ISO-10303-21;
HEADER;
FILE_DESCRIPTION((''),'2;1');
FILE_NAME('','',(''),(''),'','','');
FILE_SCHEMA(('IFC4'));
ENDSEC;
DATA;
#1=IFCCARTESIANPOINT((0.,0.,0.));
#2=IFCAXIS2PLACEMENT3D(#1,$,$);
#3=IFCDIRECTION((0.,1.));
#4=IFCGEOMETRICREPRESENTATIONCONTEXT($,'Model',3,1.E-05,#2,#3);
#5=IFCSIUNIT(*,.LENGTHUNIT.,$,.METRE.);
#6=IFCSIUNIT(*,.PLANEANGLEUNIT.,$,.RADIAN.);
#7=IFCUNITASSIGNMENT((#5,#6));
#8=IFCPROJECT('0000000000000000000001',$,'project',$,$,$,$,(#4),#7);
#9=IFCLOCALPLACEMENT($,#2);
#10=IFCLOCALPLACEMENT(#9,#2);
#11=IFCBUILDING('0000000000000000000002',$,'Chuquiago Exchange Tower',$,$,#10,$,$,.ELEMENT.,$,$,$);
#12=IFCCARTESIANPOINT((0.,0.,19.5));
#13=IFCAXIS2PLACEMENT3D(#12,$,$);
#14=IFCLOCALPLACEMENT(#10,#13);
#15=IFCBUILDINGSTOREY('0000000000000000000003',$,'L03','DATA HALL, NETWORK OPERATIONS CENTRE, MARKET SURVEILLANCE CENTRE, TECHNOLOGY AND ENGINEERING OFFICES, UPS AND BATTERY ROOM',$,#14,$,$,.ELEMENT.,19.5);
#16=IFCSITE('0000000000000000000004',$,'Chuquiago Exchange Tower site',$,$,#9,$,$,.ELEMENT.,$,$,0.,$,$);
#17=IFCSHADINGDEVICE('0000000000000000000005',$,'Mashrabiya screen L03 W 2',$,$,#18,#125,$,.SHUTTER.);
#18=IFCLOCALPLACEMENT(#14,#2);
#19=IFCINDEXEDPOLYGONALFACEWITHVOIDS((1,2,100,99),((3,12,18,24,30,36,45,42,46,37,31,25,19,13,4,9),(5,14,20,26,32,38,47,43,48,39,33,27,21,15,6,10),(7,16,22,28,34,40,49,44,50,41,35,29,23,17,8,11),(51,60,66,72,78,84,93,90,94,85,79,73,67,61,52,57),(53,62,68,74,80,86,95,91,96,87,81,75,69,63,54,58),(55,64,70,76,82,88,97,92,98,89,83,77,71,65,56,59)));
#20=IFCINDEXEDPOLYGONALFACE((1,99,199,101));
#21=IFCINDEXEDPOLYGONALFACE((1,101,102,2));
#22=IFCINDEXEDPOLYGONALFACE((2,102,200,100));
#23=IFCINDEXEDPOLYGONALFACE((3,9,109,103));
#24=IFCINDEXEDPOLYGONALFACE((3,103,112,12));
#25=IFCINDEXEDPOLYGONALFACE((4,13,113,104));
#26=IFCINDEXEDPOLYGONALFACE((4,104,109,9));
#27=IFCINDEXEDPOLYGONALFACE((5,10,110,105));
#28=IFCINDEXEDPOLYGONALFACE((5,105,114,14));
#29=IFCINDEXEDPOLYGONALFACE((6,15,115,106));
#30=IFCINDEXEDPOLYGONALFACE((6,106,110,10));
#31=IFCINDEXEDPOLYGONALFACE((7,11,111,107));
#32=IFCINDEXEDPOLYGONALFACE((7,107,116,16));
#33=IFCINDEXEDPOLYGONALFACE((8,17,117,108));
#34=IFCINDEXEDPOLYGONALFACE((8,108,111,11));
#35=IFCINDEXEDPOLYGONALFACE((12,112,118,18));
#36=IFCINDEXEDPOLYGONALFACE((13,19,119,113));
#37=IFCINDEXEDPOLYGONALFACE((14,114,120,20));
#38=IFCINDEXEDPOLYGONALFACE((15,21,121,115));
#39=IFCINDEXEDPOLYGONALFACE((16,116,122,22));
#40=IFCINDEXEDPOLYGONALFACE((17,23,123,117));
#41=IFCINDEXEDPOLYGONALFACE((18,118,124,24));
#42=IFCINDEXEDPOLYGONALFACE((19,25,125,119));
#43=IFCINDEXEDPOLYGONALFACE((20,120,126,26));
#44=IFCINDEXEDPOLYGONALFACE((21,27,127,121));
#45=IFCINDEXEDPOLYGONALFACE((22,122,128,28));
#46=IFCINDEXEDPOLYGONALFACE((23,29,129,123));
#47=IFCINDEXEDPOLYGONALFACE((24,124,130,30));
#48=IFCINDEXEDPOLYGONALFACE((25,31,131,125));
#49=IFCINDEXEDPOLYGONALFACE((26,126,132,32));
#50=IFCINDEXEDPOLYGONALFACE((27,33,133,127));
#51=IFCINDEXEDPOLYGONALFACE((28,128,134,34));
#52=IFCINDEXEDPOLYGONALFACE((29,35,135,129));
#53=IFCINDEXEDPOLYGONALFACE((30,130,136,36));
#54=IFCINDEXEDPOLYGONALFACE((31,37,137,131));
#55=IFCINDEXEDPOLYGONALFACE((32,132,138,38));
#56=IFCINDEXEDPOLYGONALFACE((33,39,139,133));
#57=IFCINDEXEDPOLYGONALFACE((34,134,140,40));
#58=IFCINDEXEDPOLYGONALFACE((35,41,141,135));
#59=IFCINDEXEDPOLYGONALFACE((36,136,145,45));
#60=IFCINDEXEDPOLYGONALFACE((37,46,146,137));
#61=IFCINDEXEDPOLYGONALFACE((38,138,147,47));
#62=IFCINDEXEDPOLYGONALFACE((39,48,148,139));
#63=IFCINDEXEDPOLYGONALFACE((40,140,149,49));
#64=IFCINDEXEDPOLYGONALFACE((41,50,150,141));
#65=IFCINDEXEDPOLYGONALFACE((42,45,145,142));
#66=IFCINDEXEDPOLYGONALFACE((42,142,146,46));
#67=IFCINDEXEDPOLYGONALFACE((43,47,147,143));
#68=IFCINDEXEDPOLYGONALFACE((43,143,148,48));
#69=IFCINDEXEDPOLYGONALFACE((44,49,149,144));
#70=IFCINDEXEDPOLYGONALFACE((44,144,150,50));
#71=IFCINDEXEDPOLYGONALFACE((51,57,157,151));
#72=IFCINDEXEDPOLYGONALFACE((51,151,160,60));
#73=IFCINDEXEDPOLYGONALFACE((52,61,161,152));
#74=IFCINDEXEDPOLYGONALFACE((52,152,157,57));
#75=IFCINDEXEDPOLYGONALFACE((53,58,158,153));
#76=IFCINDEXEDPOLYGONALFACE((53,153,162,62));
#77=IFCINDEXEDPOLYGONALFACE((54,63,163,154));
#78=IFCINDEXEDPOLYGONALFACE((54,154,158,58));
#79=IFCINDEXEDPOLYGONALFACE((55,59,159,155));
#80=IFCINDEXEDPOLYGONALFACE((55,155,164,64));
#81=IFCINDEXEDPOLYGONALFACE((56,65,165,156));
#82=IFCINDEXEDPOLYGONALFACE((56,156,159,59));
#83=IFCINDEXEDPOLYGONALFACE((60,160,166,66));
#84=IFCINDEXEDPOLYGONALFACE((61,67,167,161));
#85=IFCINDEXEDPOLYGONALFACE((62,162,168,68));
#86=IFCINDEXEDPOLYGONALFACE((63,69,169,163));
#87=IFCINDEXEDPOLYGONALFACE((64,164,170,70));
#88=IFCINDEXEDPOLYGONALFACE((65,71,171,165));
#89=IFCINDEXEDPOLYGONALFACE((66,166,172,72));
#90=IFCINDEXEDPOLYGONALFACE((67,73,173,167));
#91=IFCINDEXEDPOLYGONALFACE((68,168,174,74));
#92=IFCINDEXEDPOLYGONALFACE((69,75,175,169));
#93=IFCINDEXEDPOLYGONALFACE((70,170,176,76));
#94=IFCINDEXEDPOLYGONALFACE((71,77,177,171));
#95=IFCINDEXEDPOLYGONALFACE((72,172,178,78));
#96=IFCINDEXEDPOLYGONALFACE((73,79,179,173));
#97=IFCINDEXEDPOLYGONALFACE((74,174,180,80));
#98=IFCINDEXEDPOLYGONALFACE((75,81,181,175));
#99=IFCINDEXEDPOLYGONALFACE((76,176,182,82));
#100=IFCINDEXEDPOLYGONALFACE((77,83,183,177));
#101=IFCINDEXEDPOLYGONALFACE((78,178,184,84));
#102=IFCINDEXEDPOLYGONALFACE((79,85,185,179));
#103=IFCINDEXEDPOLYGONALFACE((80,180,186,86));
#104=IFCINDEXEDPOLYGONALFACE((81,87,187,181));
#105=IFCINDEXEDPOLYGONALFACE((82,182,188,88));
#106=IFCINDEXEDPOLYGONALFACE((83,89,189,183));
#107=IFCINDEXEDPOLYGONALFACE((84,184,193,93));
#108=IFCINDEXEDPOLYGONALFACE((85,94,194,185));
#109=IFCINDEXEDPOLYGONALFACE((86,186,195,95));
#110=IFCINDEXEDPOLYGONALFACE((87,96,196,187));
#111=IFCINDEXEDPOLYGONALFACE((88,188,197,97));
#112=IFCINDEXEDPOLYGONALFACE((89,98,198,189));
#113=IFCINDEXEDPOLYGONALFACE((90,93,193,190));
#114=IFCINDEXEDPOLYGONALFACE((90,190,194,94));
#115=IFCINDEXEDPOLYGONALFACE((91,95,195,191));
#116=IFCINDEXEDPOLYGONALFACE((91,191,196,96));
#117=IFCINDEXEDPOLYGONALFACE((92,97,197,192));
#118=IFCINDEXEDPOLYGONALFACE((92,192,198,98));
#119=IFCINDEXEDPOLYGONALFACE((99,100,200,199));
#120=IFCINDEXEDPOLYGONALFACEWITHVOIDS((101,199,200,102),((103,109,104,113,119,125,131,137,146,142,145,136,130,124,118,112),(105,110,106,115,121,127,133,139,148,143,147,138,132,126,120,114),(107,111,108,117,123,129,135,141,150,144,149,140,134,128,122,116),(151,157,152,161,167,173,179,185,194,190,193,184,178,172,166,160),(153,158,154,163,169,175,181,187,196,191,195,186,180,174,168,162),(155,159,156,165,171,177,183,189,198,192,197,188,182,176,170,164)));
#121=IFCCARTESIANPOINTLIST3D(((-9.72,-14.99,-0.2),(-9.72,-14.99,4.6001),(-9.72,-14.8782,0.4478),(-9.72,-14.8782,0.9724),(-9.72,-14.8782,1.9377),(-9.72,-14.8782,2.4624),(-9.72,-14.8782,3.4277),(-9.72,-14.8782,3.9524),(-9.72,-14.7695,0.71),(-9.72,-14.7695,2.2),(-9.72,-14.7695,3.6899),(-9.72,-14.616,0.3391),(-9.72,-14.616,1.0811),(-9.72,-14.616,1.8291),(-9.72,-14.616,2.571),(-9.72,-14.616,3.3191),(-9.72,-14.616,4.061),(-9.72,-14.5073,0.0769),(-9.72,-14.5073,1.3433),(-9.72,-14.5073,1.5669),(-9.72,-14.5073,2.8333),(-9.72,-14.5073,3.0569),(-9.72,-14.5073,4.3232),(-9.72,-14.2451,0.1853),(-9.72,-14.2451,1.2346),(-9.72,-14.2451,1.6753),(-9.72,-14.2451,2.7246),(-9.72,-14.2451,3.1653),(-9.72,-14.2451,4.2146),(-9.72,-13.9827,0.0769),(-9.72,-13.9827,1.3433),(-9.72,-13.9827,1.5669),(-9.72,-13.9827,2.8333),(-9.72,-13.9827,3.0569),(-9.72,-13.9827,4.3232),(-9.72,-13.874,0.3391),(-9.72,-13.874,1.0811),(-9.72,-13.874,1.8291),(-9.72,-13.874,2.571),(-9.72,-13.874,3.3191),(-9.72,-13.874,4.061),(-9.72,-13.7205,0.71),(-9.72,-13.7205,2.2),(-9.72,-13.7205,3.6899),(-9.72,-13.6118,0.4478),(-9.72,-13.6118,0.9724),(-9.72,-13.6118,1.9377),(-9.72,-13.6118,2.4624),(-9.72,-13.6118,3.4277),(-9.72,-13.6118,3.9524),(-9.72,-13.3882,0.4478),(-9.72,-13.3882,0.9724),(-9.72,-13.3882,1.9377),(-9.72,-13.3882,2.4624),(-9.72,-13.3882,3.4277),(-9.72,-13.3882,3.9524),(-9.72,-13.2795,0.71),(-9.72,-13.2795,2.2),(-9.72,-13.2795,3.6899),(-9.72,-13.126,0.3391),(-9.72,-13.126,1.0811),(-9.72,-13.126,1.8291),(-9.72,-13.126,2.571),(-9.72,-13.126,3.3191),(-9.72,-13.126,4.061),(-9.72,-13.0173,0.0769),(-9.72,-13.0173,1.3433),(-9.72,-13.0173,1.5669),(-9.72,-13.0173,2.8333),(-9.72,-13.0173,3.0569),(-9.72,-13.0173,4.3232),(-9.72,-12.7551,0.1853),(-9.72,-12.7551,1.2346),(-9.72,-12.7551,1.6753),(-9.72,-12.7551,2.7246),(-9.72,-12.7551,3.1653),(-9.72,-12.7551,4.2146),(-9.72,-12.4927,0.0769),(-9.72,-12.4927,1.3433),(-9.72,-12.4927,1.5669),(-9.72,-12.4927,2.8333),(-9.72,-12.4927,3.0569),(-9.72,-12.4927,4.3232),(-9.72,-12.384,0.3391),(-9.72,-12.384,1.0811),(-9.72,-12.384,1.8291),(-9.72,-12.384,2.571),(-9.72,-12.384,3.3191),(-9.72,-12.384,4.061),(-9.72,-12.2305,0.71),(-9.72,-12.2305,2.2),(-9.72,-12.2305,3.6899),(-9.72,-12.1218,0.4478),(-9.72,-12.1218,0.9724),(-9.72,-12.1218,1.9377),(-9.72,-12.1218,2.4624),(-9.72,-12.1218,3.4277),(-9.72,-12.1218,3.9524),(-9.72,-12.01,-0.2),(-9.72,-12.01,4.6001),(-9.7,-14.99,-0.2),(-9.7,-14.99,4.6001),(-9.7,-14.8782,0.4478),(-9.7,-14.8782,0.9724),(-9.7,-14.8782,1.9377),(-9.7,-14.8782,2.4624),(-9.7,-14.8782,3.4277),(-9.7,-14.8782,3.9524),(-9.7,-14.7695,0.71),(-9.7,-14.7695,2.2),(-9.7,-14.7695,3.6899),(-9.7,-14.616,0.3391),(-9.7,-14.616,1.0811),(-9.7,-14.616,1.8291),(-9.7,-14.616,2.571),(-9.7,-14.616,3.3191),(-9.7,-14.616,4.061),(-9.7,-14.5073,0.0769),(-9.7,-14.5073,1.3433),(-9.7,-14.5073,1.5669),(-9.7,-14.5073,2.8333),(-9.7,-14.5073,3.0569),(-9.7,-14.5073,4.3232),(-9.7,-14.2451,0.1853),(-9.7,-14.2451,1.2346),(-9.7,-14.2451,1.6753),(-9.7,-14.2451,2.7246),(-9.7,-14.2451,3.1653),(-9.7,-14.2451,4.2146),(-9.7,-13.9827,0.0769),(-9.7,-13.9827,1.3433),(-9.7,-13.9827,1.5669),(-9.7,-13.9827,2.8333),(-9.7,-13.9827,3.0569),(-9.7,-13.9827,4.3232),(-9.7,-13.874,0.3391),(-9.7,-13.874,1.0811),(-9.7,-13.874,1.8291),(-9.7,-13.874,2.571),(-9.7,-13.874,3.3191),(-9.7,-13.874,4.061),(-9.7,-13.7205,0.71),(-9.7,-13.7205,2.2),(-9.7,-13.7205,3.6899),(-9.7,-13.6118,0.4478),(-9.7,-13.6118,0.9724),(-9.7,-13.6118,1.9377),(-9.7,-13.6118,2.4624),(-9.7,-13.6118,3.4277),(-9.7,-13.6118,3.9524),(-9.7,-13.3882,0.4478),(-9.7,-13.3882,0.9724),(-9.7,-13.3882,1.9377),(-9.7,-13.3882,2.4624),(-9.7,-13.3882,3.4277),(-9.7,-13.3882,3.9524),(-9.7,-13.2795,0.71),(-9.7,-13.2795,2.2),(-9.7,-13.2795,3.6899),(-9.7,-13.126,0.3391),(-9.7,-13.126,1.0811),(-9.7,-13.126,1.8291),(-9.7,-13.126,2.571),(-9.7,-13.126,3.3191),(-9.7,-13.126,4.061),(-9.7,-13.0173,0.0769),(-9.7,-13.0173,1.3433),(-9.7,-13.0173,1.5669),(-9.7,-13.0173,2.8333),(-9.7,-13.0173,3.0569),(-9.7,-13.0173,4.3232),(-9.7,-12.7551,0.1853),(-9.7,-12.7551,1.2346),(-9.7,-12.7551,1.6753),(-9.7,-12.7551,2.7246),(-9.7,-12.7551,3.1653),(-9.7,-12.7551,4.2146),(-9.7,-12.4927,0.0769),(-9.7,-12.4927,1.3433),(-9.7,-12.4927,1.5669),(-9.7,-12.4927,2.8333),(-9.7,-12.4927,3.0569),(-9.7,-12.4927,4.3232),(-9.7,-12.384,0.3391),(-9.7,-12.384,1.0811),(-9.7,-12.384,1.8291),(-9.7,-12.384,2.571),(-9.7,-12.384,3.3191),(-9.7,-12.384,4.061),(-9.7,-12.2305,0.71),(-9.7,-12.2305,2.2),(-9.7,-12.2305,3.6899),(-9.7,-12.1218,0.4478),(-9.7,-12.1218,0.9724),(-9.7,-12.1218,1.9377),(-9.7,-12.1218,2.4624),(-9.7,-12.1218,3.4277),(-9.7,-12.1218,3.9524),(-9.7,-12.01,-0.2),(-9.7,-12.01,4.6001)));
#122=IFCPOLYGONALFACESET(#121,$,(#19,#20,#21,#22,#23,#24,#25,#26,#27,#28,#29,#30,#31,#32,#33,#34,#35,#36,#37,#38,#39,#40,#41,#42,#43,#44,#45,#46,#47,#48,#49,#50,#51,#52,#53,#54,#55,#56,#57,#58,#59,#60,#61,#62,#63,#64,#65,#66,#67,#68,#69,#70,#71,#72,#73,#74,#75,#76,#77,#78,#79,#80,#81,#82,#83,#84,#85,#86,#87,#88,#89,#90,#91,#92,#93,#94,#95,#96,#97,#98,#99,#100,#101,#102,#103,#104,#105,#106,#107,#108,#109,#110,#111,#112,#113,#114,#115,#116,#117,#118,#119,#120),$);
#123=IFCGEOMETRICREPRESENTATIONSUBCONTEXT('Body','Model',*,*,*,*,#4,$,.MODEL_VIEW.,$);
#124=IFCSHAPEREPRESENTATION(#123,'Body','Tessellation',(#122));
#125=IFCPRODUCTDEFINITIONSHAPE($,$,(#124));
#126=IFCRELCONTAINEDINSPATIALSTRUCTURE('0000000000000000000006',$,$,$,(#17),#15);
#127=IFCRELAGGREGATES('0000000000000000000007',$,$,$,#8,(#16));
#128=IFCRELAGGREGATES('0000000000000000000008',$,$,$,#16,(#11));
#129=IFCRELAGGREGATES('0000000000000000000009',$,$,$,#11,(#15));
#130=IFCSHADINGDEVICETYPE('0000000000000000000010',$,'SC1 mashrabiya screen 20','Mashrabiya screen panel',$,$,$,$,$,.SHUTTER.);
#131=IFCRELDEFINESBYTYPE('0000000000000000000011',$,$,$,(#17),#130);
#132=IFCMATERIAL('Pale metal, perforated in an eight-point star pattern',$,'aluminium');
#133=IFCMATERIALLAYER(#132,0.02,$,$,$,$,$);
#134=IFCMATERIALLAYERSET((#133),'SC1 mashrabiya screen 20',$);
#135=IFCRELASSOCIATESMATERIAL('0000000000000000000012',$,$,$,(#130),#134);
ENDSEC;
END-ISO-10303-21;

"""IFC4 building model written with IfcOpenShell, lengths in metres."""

from ifc_helpers import new_model, si_unit, direction, frame, origin, place, context, subcontext, project, spatial, polyline, outline, extrude, material, layer, layer_set, type_object, element, save


model = new_model("IFC4")

# Units and contexts
model_context = context("Model", 3, precision=1e-05, world=origin(), true_north=direction((0.0, 1.0)))
body_context = subcontext(model_context, "Body", "Model", "MODEL_VIEW")
ifc_project = project(units=[si_unit("LENGTHUNIT", "METRE"), si_unit("PLANEANGLEUNIT", "RADIAN")], contexts=[model_context])

# Site, building, storey
site_placement = place(None, origin())
site = spatial("IfcSite", under=ifc_project, at=site_placement, Name="Chuquiago Exchange Tower site", CompositionType="ELEMENT", RefElevation=0.0)
building_placement = place(site_placement, origin())
building = spatial("IfcBuilding", under=site, at=building_placement, Name="Chuquiago Exchange Tower", CompositionType="ELEMENT")
storey_placement = place(building_placement, frame((0.0, 0.0, 19.5)))
storey = spatial("IfcBuildingStorey", under=building, at=storey_placement, Name="L03", Description="DATA HALL, NETWORK OPERATIONS CENTRE, MARKET SURVEILLANCE CENTRE, TECHNOLOGY AND ENGINEERING OFFICES, UPS AND BATTERY ROOM", CompositionType="ELEMENT", Elevation=19.5)

# Shading device
ifc_material_1 = material(Name="Pale metal, perforated in an eight-point star pattern", Category="aluminium")
ifc_layer_1 = layer(ifc_material_1, 0.02)
ifc_layer_set_1 = layer_set([ifc_layer_1], Name="SC1 mashrabiya screen 20")
shading_device_type = type_object("IfcShadingDeviceType", Name="SC1 mashrabiya screen 20", Description="Mashrabiya screen panel", PredefinedType="SHUTTER", material=ifc_layer_set_1)
shading_device_1_placement = place(storey_placement, frame((-9.7, -12.01, -0.2), z_axis=(0.0, 0.0, 1.0), x_axis=(0.0, -1.0, 0.0)))
element("IfcShadingDevice", 1, at=shading_device_1_placement, inside=storey, type_object=shading_device_type, Name="Mashrabiya screen L03 W 2", PredefinedType="SHUTTER", context=body_context, shape_type="SweptSolid", body=[
    extrude(outline(polyline([(0.0, 0.0), (2.98, 0.0), (2.98, 4.8), (0.0, 4.8), (0.0, 0.0)]), holes=[polyline([(1.2695, 0.9099), (1.3782, 1.1724), (1.116, 1.281), (1.0073, 1.5432), (0.7451, 1.4346), (0.4827, 1.5432), (0.374, 1.281), (0.1118, 1.1724), (0.2205, 0.9099), (0.1118, 0.6477), (0.374, 0.5391), (0.4827, 0.2769), (0.7451, 0.3853), (1.0073, 0.2769), (1.116, 0.5391), (1.3782, 0.6477), (1.2695, 0.9099)]), polyline([(2.7595, 0.9099), (2.8682, 1.1724), (2.606, 1.281), (2.4973, 1.5432), (2.2351, 1.4346), (1.9727, 1.5432), (1.864, 1.281), (1.6018, 1.1724), (1.7104, 0.9099), (1.6018, 0.6477), (1.864, 0.5391), (1.9727, 0.2769), (2.2351, 0.3853), (2.4973, 0.2769), (2.606, 0.5391), (2.8682, 0.6477), (2.7595, 0.9099)]), polyline([(1.2695, 2.3999), (1.3782, 2.6624), (1.116, 2.771), (1.0073, 3.0332), (0.7451, 2.9246), (0.4827, 3.0332), (0.374, 2.771), (0.1118, 2.6624), (0.2205, 2.3999), (0.1118, 2.1377), (0.374, 2.0291), (0.4827, 1.7668), (0.7451, 1.8752), (1.0073, 1.7668), (1.116, 2.0291), (1.3782, 2.1377), (1.2695, 2.3999)]), polyline([(2.7595, 2.3999), (2.8682, 2.6624), (2.606, 2.771), (2.4973, 3.0332), (2.2351, 2.9246), (1.9727, 3.0332), (1.864, 2.771), (1.6018, 2.6624), (1.7104, 2.3999), (1.6018, 2.1377), (1.864, 2.0291), (1.9727, 1.7668), (2.2351, 1.8752), (2.4973, 1.7668), (2.606, 2.0291), (2.8682, 2.1377), (2.7595, 2.3999)]), polyline([(1.2695, 3.8899), (1.3782, 4.1523), (1.116, 4.261), (1.0073, 4.5232), (0.7451, 4.4146), (0.4827, 4.5232), (0.374, 4.261), (0.1118, 4.1523), (0.2205, 3.8899), (0.1118, 3.6277), (0.374, 3.519), (0.4827, 3.2568), (0.7451, 3.3652), (1.0073, 3.2568), (1.116, 3.519), (1.3782, 3.6277), (1.2695, 3.8899)]), polyline([(2.7595, 3.8899), (2.8682, 4.1523), (2.606, 4.261), (2.4973, 4.5232), (2.2351, 4.4146), (1.9727, 4.5232), (1.864, 4.261), (1.6018, 4.1523), (1.7104, 3.8899), (1.6018, 3.6277), (1.864, 3.519), (1.9727, 3.2568), (2.2351, 3.3652), (2.4973, 3.2568), (2.606, 3.519), (2.8682, 3.6277), (2.7595, 3.8899)])]), frame((0.0, 0.0, 0.0), z_axis=(0.0, -1.0, 0.0), x_axis=(1.0, 0.0, 0.0)), (0.0, 0.0, 1.0), 0.02),
])

save(model, "model.ifc")
